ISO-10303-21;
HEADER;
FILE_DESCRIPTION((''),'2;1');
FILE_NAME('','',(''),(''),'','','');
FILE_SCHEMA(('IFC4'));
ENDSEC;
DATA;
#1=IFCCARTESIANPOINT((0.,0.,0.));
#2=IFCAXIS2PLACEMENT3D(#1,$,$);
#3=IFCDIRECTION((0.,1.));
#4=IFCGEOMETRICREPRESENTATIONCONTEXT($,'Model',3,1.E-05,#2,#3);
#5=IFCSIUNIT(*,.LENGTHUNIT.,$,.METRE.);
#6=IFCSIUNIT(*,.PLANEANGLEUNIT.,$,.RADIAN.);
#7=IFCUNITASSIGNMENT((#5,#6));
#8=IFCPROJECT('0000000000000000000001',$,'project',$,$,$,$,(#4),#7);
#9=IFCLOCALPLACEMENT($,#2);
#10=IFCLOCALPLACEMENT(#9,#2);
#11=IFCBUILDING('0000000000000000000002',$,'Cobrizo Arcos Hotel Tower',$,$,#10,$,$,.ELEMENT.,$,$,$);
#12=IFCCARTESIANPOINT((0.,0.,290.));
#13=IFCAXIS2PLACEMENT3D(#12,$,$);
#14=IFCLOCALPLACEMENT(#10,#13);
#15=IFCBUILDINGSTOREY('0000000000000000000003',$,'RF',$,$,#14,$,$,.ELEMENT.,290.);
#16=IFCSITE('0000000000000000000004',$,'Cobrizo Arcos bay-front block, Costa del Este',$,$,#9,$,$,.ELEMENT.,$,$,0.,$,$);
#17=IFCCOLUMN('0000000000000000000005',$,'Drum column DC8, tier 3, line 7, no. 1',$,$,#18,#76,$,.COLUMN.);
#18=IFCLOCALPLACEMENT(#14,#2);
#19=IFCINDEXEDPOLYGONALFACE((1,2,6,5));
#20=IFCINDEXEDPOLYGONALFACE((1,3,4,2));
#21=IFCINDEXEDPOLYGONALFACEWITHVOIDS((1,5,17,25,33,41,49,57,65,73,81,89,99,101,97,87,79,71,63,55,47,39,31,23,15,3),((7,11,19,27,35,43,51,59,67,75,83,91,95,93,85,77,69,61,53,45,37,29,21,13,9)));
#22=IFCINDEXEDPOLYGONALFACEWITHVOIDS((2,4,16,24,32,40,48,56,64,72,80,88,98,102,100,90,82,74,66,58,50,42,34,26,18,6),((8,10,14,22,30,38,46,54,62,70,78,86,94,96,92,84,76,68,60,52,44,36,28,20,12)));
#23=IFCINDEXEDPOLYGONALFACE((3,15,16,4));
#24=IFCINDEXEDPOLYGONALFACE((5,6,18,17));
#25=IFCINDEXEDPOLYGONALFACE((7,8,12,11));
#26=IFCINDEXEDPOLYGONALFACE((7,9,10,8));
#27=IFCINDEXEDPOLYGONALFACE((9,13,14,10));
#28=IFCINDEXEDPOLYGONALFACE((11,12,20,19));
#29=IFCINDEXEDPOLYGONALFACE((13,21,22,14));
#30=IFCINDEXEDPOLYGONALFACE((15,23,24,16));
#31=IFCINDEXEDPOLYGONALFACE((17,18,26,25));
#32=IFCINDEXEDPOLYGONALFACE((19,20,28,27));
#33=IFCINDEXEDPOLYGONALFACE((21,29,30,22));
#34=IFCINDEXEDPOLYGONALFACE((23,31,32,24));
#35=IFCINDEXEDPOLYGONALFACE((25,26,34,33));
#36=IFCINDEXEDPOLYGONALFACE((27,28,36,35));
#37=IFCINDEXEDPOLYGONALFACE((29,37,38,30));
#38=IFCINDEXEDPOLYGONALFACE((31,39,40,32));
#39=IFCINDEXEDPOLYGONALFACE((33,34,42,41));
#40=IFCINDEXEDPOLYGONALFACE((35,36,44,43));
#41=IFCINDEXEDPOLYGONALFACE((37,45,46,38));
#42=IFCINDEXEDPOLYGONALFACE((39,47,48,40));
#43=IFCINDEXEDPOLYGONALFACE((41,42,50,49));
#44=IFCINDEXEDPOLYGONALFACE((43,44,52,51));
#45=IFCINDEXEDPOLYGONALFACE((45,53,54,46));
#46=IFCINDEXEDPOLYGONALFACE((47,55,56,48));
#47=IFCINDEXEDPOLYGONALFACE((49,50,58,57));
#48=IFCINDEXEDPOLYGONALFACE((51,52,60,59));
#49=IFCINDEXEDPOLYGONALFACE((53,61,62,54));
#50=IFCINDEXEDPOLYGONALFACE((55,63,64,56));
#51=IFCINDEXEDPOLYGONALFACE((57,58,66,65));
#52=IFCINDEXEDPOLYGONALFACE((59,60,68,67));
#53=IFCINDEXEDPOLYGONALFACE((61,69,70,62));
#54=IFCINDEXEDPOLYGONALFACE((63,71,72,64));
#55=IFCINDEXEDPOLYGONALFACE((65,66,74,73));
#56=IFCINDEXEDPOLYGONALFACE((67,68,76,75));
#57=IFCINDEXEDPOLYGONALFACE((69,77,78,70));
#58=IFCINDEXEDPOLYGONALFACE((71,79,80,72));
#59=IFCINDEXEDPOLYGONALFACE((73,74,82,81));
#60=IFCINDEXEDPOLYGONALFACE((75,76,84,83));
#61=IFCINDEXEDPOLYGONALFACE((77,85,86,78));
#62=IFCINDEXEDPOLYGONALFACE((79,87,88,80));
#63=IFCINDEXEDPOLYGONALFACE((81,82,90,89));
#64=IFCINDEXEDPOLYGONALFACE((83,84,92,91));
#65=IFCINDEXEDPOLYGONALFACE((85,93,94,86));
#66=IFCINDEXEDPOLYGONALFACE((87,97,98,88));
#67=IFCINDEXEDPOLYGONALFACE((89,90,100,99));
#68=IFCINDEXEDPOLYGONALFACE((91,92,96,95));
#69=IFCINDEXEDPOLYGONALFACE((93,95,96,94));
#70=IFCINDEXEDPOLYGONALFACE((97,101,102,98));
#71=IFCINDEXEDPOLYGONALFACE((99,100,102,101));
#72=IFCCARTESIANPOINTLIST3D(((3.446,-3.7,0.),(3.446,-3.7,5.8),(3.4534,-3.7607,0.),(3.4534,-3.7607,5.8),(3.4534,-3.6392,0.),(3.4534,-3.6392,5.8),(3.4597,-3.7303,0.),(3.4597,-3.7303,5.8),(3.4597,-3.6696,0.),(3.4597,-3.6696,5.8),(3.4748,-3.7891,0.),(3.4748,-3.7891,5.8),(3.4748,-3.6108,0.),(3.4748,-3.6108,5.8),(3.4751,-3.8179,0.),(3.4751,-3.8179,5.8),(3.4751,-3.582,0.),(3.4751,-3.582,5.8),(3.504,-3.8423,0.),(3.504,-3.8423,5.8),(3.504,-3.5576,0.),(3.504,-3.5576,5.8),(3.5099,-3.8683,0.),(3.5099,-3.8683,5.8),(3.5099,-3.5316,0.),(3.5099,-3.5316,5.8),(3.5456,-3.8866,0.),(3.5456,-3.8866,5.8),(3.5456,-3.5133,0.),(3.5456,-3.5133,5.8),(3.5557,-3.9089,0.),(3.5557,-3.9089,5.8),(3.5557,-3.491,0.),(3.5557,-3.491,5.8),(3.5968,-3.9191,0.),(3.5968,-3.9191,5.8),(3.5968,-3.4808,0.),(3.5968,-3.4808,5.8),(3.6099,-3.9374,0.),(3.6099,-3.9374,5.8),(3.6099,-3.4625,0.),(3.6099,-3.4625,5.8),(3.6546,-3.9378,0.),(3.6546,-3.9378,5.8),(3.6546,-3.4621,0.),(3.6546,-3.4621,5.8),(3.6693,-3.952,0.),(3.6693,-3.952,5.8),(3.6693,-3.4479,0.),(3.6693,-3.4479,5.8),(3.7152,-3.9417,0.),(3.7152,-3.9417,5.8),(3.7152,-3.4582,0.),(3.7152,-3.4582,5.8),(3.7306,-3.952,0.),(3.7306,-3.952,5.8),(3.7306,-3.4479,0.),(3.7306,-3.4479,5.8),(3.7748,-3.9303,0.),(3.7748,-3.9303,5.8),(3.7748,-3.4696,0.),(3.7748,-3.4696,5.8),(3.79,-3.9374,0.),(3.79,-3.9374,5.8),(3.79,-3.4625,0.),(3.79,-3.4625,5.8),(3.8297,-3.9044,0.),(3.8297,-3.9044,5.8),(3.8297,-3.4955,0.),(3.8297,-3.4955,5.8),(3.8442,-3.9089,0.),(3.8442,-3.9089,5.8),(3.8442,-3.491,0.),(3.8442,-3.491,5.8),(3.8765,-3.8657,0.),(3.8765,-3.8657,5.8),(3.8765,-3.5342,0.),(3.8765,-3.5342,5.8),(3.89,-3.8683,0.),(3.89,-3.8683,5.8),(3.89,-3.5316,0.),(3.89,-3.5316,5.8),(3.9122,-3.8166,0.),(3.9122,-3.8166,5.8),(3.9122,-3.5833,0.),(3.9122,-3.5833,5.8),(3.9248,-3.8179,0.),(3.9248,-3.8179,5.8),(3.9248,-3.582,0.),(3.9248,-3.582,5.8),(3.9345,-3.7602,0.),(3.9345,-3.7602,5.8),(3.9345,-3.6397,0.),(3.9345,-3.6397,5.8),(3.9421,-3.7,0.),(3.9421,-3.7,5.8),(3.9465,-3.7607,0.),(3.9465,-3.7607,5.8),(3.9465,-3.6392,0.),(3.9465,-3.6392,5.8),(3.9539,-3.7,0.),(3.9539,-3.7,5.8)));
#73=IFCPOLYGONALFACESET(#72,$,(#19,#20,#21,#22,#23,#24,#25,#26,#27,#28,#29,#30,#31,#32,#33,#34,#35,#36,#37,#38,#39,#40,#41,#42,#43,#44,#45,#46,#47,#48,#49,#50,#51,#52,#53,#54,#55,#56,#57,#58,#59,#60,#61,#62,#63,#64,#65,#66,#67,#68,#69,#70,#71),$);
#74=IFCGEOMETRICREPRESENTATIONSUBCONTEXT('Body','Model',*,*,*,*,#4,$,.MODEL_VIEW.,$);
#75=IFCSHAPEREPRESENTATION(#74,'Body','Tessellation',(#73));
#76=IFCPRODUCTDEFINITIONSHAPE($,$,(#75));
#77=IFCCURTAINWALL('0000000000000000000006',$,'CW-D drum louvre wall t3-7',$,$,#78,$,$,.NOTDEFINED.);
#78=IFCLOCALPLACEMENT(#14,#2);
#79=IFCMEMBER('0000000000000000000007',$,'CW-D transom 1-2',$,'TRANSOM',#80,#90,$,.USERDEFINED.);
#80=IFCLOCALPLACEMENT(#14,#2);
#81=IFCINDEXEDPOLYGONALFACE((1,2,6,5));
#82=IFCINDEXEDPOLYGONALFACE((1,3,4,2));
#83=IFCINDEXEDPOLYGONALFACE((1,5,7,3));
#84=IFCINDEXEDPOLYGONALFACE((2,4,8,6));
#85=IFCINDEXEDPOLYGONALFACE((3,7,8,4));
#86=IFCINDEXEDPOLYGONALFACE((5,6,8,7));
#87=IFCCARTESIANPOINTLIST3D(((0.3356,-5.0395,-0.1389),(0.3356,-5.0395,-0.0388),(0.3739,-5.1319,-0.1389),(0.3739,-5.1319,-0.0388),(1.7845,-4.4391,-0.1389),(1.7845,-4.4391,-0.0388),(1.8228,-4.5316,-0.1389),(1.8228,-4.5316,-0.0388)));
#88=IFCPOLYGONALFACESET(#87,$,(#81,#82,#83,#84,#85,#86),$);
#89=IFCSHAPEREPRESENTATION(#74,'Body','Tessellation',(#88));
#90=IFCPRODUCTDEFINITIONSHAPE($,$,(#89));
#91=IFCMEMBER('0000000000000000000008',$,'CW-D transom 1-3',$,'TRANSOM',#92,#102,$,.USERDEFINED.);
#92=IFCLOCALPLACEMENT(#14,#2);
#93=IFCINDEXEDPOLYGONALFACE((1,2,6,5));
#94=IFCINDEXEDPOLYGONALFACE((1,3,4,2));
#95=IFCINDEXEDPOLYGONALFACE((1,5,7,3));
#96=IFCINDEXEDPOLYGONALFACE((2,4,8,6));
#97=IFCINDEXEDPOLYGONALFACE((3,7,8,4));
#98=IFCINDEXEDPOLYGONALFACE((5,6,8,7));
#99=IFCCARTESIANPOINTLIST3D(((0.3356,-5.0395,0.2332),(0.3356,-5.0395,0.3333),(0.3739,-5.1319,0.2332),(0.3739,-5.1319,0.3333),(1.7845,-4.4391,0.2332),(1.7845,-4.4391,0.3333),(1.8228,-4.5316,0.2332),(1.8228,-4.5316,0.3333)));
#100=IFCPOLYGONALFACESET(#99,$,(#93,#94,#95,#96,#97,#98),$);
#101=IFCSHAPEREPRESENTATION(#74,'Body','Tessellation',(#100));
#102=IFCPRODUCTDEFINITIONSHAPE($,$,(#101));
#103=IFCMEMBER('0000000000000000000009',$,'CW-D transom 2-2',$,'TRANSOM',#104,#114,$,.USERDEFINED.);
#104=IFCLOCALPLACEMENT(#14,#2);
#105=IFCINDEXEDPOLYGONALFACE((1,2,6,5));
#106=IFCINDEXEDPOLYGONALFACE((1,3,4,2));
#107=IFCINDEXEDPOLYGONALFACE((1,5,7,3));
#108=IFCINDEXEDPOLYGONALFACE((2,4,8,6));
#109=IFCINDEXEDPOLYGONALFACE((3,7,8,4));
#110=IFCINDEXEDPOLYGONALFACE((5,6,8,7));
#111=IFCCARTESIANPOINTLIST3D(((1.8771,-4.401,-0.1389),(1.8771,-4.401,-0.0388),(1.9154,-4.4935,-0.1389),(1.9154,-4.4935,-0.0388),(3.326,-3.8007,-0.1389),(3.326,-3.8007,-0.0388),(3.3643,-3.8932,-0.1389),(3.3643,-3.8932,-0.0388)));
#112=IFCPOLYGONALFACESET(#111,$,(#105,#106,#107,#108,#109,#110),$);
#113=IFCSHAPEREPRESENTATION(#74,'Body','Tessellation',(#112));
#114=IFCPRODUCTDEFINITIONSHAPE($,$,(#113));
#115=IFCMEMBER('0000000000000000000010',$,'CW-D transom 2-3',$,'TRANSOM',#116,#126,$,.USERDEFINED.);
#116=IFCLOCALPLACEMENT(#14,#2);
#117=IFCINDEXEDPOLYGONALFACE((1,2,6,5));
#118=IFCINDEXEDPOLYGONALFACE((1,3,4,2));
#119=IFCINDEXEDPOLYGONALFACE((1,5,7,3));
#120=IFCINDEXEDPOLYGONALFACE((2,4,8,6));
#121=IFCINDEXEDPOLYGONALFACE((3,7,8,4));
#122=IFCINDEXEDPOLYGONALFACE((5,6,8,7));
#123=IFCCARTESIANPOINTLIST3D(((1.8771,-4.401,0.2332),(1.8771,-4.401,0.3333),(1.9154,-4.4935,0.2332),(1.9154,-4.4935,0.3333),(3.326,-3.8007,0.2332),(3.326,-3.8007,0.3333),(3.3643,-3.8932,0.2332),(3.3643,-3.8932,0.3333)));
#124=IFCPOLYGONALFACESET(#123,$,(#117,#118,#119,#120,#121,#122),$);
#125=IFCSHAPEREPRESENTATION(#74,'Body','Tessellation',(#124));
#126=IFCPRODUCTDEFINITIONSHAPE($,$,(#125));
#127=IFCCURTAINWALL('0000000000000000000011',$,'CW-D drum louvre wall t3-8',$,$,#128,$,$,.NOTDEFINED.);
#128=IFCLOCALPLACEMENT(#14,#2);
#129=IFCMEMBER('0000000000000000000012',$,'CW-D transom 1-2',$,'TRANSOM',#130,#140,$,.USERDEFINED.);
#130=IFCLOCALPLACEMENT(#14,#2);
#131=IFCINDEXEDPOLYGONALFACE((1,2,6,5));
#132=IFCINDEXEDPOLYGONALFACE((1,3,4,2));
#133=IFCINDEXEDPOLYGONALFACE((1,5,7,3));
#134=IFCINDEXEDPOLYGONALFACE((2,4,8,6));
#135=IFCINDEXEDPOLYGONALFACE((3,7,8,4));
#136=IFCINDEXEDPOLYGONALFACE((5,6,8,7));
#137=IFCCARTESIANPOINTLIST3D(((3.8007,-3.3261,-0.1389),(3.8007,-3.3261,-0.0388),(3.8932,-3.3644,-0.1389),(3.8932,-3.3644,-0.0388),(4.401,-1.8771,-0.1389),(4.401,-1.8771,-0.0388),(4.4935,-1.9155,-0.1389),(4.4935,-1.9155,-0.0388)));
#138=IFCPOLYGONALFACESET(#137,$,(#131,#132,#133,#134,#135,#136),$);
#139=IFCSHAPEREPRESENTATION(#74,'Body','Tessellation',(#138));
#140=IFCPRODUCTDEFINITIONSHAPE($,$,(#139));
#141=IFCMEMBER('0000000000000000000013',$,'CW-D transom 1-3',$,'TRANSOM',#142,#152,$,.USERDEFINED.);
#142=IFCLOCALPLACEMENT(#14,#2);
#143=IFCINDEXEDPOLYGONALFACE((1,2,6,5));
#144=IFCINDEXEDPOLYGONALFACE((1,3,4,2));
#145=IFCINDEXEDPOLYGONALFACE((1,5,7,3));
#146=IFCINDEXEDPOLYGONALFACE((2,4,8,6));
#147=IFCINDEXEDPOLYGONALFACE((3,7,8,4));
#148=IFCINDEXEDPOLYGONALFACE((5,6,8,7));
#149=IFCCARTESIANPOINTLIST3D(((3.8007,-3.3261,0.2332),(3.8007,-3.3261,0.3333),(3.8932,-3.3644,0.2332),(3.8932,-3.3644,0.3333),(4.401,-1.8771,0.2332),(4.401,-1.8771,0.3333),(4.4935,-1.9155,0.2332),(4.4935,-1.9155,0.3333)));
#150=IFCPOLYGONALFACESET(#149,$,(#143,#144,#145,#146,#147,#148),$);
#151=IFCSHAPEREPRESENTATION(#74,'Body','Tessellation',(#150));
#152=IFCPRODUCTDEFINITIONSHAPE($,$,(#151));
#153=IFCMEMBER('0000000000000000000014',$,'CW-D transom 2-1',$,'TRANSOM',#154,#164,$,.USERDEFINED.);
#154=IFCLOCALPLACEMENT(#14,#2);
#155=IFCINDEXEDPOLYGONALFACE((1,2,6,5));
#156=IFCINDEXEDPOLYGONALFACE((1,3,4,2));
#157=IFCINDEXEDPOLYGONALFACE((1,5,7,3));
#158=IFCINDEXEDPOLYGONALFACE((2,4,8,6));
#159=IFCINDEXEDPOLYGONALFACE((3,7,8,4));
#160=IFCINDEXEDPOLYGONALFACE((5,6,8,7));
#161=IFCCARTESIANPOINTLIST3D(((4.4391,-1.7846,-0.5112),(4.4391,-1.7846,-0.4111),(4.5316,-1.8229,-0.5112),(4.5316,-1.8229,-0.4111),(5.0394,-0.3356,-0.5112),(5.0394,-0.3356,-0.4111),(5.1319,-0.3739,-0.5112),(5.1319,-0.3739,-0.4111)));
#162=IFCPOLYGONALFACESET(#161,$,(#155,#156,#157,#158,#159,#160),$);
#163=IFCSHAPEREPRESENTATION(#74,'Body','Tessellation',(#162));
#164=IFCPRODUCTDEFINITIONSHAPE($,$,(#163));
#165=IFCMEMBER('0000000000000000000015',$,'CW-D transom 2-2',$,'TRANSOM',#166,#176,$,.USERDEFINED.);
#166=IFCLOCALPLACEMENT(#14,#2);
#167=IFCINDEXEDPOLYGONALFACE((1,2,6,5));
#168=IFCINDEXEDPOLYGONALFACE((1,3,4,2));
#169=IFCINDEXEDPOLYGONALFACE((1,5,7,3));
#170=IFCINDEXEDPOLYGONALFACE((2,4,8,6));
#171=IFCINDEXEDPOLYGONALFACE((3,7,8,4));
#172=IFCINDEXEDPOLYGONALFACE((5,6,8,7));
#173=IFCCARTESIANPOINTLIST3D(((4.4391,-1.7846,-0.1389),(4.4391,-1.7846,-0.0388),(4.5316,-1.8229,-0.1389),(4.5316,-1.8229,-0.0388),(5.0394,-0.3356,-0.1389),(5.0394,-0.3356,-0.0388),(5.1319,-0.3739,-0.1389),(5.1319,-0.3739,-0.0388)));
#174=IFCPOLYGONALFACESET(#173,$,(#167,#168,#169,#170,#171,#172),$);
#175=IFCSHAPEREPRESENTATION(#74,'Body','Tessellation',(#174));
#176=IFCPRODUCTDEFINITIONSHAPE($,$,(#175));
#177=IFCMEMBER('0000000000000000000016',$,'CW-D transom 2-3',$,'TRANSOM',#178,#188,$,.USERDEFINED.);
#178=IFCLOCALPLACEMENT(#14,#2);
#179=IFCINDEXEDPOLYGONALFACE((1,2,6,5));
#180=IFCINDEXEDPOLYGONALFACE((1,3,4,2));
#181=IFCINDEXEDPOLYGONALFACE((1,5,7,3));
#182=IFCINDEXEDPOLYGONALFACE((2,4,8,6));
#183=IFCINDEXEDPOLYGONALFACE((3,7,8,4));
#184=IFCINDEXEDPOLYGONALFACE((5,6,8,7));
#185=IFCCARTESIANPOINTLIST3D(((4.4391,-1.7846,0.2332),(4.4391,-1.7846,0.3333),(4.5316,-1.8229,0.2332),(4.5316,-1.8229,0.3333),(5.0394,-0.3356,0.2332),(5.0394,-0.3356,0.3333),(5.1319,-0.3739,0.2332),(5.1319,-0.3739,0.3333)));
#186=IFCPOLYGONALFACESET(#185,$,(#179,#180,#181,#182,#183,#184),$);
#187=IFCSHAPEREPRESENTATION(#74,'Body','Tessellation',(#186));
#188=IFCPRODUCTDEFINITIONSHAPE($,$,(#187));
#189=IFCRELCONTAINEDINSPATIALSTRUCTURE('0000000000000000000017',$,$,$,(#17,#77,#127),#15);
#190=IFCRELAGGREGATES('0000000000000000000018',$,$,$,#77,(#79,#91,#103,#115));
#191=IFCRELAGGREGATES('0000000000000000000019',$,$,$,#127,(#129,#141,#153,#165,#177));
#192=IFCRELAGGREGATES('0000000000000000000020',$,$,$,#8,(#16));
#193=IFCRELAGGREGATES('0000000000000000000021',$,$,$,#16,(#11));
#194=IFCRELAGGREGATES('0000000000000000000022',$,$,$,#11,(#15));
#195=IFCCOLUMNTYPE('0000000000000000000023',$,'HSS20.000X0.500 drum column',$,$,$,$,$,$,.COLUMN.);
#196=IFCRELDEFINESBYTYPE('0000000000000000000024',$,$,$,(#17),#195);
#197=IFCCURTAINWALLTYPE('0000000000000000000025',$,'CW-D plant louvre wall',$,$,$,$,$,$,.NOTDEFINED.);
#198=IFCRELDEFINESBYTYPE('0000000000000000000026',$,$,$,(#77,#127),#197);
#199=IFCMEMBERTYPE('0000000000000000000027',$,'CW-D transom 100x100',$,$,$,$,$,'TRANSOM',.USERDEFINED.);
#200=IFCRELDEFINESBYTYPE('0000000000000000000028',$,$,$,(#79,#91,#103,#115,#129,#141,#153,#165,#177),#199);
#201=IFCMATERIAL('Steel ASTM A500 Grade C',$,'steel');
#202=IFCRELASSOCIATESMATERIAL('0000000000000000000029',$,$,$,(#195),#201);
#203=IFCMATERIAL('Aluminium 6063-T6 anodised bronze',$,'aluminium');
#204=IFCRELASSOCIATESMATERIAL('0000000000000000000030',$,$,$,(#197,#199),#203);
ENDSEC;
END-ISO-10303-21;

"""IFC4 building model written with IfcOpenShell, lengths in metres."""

from ifc_helpers import new_model, si_unit, direction, frame, origin, origin_2d, place, context, subcontext, project, spatial, rectangle, hollow_circle, extrude, material, material_profile, profile_set, type_object, element, aggregate, save


model = new_model("IFC4")

# Units and contexts
model_context = context("Model", 3, precision=1e-05, world=origin(), true_north=direction((0.0, 1.0)))
body_context = subcontext(model_context, "Body", "Model", "MODEL_VIEW")
ifc_project = project(units=[si_unit("LENGTHUNIT", "METRE"), si_unit("PLANEANGLEUNIT", "RADIAN")], contexts=[model_context])

# Site, building, storey
site_placement = place(None, origin())
site = spatial("IfcSite", under=ifc_project, at=site_placement, Name="Cobrizo Arcos bay-front block, Costa del Este", CompositionType="ELEMENT", RefElevation=0.0)
building_placement = place(site_placement, origin())
building = spatial("IfcBuilding", under=site, at=building_placement, Name="Cobrizo Arcos Hotel Tower", CompositionType="ELEMENT")
storey_placement = place(building_placement, frame((0.0, 0.0, 290.0)))
storey = spatial("IfcBuildingStorey", under=building, at=storey_placement, Name="RF", CompositionType="ELEMENT", Elevation=290.0)

# Column
ifc_material_1 = material(Name="Steel ASTM A500 Grade C", Category="steel")
ifc_material_profile_1 = material_profile(ifc_material_1, hollow_circle(Radius=0.2539, WallThickness=0.0117, at=origin_2d()), Name="HSS20.000X0.500")
ifc_profile_set_1 = profile_set([ifc_material_profile_1], Name="Steel ASTM A500 Grade C")
column_type = type_object("IfcColumnType", Name="HSS20.000X0.500 drum column", PredefinedType="COLUMN", material=ifc_profile_set_1)
column_placement = place(storey_placement, frame((3.7, -3.7, 0.0), z_axis=(0.0, 0.0, 1.0), x_axis=(1.0, 0.0, 0.0)))
element("IfcColumn", 1, at=column_placement, inside=storey, type_object=column_type, Name="Drum column DC8, tier 3, line 7, no. 1", PredefinedType="COLUMN", context=body_context, shape_type="SweptSolid", body=[
    extrude(hollow_circle(Radius=0.2539, WallThickness=0.0117, at=origin_2d()), origin(), (0.0, 0.0, 1.0), 5.8),
])

# Curtain walls, members
ifc_material_2 = material(Name="Aluminium 6063-T6 anodised bronze", Category="aluminium")
curtain_wall_type = type_object("IfcCurtainWallType", Name="CW-D plant louvre wall", PredefinedType="NOTDEFINED", material=ifc_material_2)
curtain_wall_1_placement = place(storey_placement, origin())
curtain_wall_1 = element("IfcCurtainWall", 2, at=curtain_wall_1_placement, inside=storey, type_object=curtain_wall_type, Name="CW-D drum louvre wall t3-7", PredefinedType="NOTDEFINED")
ifc_material_profile_2 = material_profile(ifc_material_2, rectangle(XDim=0.1001, YDim=0.1001, at=origin_2d()), Name="CW-D transom 100x100")
ifc_profile_set_2 = profile_set([ifc_material_profile_2], Name="Aluminium 6063-T6 anodised bronze")
member_type = type_object("IfcMemberType", Name="CW-D transom 100x100", ElementType="TRANSOM", PredefinedType="USERDEFINED", material=ifc_profile_set_2)
member_1_placement = place(storey_placement, frame((0.3547, -5.0857, -0.0889), z_axis=(0.923844, 0.382769, 0.0), x_axis=(-0.382769, 0.923844, 0.0)))
member_1 = element("IfcMember", 3, at=member_1_placement, type_object=member_type, Name="CW-D transom 1-2", ObjectType="TRANSOM", PredefinedType="USERDEFINED", context=body_context, shape_type="SweptSolid", body=[
    extrude(rectangle(XDim=0.1001, YDim=0.1001, at=origin_2d()), origin(), (0.0, 0.0, 1.0), 1.5684),
])
member_2_placement = place(storey_placement, frame((0.3547, -5.0857, 0.2832), z_axis=(0.923844, 0.382769, 0.0), x_axis=(-0.382769, 0.923844, 0.0)))
member_2 = element("IfcMember", 4, at=member_2_placement, type_object=member_type, Name="CW-D transom 1-3", ObjectType="TRANSOM", PredefinedType="USERDEFINED", context=body_context, shape_type="SweptSolid", body=[
    extrude(rectangle(XDim=0.1001, YDim=0.1001, at=origin_2d()), origin(), (0.0, 0.0, 1.0), 1.5684),
])
member_3_placement = place(storey_placement, frame((1.8962, -4.4473, -0.0889), z_axis=(0.923844, 0.382769, 0.0), x_axis=(-0.382769, 0.923844, 0.0)))
member_3 = element("IfcMember", 5, at=member_3_placement, type_object=member_type, Name="CW-D transom 2-2", ObjectType="TRANSOM", PredefinedType="USERDEFINED", context=body_context, shape_type="SweptSolid", body=[
    extrude(rectangle(XDim=0.1001, YDim=0.1001, at=origin_2d()), origin(), (0.0, 0.0, 1.0), 1.5684),
])
member_4_placement = place(storey_placement, frame((1.8962, -4.4473, 0.2832), z_axis=(0.923844, 0.382769, 0.0), x_axis=(-0.382769, 0.923844, 0.0)))
member_4 = element("IfcMember", 6, at=member_4_placement, type_object=member_type, Name="CW-D transom 2-3", ObjectType="TRANSOM", PredefinedType="USERDEFINED", context=body_context, shape_type="SweptSolid", body=[
    extrude(rectangle(XDim=0.1001, YDim=0.1001, at=origin_2d()), origin(), (0.0, 0.0, 1.0), 1.5684),
])
curtain_wall_2_placement = place(storey_placement, origin())
curtain_wall_2 = element("IfcCurtainWall", 7, at=curtain_wall_2_placement, inside=storey, type_object=curtain_wall_type, Name="CW-D drum louvre wall t3-8", PredefinedType="NOTDEFINED")
member_5_placement = place(storey_placement, frame((3.8469, -3.3452, -0.0889), z_axis=(0.382769, 0.923844, 0.0), x_axis=(-0.923844, 0.382769, 0.0)))
member_5 = element("IfcMember", 8, at=member_5_placement, type_object=member_type, Name="CW-D transom 1-2", ObjectType="TRANSOM", PredefinedType="USERDEFINED", context=body_context, shape_type="SweptSolid", body=[
    extrude(rectangle(XDim=0.1001, YDim=0.1001, at=origin_2d()), origin(), (0.0, 0.0, 1.0), 1.5684),
])
member_6_placement = place(storey_placement, frame((3.8469, -3.3452, 0.2832), z_axis=(0.382769, 0.923844, 0.0), x_axis=(-0.923844, 0.382769, 0.0)))
member_6 = element("IfcMember", 9, at=member_6_placement, type_object=member_type, Name="CW-D transom 1-3", ObjectType="TRANSOM", PredefinedType="USERDEFINED", context=body_context, shape_type="SweptSolid", body=[
    extrude(rectangle(XDim=0.1001, YDim=0.1001, at=origin_2d()), origin(), (0.0, 0.0, 1.0), 1.5684),
])
member_7_placement = place(storey_placement, frame((4.4854, -1.8037, -0.4612), z_axis=(0.382769, 0.923844, 0.0), x_axis=(-0.923844, 0.382769, 0.0)))
member_7 = element("IfcMember", 10, at=member_7_placement, type_object=member_type, Name="CW-D transom 2-1", ObjectType="TRANSOM", PredefinedType="USERDEFINED", context=body_context, shape_type="SweptSolid", body=[
    extrude(rectangle(XDim=0.1001, YDim=0.1001, at=origin_2d()), origin(), (0.0, 0.0, 1.0), 1.5684),
])
member_8_placement = place(storey_placement, frame((4.4854, -1.8037, -0.0889), z_axis=(0.382769, 0.923844, 0.0), x_axis=(-0.923844, 0.382769, 0.0)))
member_8 = element("IfcMember", 11, at=member_8_placement, type_object=member_type, Name="CW-D transom 2-2", ObjectType="TRANSOM", PredefinedType="USERDEFINED", context=body_context, shape_type="SweptSolid", body=[
    extrude(rectangle(XDim=0.1001, YDim=0.1001, at=origin_2d()), origin(), (0.0, 0.0, 1.0), 1.5684),
])
member_9_placement = place(storey_placement, frame((4.4854, -1.8037, 0.2832), z_axis=(0.382769, 0.923844, 0.0), x_axis=(-0.923844, 0.382769, 0.0)))
member_9 = element("IfcMember", 12, at=member_9_placement, type_object=member_type, Name="CW-D transom 2-3", ObjectType="TRANSOM", PredefinedType="USERDEFINED", context=body_context, shape_type="SweptSolid", body=[
    extrude(rectangle(XDim=0.1001, YDim=0.1001, at=origin_2d()), origin(), (0.0, 0.0, 1.0), 1.5684),
])

aggregate(curtain_wall_1, [member_1, member_2, member_3, member_4])
aggregate(curtain_wall_2, [member_5, member_6, member_7, member_8, member_9])

save(model, "model.ifc")
